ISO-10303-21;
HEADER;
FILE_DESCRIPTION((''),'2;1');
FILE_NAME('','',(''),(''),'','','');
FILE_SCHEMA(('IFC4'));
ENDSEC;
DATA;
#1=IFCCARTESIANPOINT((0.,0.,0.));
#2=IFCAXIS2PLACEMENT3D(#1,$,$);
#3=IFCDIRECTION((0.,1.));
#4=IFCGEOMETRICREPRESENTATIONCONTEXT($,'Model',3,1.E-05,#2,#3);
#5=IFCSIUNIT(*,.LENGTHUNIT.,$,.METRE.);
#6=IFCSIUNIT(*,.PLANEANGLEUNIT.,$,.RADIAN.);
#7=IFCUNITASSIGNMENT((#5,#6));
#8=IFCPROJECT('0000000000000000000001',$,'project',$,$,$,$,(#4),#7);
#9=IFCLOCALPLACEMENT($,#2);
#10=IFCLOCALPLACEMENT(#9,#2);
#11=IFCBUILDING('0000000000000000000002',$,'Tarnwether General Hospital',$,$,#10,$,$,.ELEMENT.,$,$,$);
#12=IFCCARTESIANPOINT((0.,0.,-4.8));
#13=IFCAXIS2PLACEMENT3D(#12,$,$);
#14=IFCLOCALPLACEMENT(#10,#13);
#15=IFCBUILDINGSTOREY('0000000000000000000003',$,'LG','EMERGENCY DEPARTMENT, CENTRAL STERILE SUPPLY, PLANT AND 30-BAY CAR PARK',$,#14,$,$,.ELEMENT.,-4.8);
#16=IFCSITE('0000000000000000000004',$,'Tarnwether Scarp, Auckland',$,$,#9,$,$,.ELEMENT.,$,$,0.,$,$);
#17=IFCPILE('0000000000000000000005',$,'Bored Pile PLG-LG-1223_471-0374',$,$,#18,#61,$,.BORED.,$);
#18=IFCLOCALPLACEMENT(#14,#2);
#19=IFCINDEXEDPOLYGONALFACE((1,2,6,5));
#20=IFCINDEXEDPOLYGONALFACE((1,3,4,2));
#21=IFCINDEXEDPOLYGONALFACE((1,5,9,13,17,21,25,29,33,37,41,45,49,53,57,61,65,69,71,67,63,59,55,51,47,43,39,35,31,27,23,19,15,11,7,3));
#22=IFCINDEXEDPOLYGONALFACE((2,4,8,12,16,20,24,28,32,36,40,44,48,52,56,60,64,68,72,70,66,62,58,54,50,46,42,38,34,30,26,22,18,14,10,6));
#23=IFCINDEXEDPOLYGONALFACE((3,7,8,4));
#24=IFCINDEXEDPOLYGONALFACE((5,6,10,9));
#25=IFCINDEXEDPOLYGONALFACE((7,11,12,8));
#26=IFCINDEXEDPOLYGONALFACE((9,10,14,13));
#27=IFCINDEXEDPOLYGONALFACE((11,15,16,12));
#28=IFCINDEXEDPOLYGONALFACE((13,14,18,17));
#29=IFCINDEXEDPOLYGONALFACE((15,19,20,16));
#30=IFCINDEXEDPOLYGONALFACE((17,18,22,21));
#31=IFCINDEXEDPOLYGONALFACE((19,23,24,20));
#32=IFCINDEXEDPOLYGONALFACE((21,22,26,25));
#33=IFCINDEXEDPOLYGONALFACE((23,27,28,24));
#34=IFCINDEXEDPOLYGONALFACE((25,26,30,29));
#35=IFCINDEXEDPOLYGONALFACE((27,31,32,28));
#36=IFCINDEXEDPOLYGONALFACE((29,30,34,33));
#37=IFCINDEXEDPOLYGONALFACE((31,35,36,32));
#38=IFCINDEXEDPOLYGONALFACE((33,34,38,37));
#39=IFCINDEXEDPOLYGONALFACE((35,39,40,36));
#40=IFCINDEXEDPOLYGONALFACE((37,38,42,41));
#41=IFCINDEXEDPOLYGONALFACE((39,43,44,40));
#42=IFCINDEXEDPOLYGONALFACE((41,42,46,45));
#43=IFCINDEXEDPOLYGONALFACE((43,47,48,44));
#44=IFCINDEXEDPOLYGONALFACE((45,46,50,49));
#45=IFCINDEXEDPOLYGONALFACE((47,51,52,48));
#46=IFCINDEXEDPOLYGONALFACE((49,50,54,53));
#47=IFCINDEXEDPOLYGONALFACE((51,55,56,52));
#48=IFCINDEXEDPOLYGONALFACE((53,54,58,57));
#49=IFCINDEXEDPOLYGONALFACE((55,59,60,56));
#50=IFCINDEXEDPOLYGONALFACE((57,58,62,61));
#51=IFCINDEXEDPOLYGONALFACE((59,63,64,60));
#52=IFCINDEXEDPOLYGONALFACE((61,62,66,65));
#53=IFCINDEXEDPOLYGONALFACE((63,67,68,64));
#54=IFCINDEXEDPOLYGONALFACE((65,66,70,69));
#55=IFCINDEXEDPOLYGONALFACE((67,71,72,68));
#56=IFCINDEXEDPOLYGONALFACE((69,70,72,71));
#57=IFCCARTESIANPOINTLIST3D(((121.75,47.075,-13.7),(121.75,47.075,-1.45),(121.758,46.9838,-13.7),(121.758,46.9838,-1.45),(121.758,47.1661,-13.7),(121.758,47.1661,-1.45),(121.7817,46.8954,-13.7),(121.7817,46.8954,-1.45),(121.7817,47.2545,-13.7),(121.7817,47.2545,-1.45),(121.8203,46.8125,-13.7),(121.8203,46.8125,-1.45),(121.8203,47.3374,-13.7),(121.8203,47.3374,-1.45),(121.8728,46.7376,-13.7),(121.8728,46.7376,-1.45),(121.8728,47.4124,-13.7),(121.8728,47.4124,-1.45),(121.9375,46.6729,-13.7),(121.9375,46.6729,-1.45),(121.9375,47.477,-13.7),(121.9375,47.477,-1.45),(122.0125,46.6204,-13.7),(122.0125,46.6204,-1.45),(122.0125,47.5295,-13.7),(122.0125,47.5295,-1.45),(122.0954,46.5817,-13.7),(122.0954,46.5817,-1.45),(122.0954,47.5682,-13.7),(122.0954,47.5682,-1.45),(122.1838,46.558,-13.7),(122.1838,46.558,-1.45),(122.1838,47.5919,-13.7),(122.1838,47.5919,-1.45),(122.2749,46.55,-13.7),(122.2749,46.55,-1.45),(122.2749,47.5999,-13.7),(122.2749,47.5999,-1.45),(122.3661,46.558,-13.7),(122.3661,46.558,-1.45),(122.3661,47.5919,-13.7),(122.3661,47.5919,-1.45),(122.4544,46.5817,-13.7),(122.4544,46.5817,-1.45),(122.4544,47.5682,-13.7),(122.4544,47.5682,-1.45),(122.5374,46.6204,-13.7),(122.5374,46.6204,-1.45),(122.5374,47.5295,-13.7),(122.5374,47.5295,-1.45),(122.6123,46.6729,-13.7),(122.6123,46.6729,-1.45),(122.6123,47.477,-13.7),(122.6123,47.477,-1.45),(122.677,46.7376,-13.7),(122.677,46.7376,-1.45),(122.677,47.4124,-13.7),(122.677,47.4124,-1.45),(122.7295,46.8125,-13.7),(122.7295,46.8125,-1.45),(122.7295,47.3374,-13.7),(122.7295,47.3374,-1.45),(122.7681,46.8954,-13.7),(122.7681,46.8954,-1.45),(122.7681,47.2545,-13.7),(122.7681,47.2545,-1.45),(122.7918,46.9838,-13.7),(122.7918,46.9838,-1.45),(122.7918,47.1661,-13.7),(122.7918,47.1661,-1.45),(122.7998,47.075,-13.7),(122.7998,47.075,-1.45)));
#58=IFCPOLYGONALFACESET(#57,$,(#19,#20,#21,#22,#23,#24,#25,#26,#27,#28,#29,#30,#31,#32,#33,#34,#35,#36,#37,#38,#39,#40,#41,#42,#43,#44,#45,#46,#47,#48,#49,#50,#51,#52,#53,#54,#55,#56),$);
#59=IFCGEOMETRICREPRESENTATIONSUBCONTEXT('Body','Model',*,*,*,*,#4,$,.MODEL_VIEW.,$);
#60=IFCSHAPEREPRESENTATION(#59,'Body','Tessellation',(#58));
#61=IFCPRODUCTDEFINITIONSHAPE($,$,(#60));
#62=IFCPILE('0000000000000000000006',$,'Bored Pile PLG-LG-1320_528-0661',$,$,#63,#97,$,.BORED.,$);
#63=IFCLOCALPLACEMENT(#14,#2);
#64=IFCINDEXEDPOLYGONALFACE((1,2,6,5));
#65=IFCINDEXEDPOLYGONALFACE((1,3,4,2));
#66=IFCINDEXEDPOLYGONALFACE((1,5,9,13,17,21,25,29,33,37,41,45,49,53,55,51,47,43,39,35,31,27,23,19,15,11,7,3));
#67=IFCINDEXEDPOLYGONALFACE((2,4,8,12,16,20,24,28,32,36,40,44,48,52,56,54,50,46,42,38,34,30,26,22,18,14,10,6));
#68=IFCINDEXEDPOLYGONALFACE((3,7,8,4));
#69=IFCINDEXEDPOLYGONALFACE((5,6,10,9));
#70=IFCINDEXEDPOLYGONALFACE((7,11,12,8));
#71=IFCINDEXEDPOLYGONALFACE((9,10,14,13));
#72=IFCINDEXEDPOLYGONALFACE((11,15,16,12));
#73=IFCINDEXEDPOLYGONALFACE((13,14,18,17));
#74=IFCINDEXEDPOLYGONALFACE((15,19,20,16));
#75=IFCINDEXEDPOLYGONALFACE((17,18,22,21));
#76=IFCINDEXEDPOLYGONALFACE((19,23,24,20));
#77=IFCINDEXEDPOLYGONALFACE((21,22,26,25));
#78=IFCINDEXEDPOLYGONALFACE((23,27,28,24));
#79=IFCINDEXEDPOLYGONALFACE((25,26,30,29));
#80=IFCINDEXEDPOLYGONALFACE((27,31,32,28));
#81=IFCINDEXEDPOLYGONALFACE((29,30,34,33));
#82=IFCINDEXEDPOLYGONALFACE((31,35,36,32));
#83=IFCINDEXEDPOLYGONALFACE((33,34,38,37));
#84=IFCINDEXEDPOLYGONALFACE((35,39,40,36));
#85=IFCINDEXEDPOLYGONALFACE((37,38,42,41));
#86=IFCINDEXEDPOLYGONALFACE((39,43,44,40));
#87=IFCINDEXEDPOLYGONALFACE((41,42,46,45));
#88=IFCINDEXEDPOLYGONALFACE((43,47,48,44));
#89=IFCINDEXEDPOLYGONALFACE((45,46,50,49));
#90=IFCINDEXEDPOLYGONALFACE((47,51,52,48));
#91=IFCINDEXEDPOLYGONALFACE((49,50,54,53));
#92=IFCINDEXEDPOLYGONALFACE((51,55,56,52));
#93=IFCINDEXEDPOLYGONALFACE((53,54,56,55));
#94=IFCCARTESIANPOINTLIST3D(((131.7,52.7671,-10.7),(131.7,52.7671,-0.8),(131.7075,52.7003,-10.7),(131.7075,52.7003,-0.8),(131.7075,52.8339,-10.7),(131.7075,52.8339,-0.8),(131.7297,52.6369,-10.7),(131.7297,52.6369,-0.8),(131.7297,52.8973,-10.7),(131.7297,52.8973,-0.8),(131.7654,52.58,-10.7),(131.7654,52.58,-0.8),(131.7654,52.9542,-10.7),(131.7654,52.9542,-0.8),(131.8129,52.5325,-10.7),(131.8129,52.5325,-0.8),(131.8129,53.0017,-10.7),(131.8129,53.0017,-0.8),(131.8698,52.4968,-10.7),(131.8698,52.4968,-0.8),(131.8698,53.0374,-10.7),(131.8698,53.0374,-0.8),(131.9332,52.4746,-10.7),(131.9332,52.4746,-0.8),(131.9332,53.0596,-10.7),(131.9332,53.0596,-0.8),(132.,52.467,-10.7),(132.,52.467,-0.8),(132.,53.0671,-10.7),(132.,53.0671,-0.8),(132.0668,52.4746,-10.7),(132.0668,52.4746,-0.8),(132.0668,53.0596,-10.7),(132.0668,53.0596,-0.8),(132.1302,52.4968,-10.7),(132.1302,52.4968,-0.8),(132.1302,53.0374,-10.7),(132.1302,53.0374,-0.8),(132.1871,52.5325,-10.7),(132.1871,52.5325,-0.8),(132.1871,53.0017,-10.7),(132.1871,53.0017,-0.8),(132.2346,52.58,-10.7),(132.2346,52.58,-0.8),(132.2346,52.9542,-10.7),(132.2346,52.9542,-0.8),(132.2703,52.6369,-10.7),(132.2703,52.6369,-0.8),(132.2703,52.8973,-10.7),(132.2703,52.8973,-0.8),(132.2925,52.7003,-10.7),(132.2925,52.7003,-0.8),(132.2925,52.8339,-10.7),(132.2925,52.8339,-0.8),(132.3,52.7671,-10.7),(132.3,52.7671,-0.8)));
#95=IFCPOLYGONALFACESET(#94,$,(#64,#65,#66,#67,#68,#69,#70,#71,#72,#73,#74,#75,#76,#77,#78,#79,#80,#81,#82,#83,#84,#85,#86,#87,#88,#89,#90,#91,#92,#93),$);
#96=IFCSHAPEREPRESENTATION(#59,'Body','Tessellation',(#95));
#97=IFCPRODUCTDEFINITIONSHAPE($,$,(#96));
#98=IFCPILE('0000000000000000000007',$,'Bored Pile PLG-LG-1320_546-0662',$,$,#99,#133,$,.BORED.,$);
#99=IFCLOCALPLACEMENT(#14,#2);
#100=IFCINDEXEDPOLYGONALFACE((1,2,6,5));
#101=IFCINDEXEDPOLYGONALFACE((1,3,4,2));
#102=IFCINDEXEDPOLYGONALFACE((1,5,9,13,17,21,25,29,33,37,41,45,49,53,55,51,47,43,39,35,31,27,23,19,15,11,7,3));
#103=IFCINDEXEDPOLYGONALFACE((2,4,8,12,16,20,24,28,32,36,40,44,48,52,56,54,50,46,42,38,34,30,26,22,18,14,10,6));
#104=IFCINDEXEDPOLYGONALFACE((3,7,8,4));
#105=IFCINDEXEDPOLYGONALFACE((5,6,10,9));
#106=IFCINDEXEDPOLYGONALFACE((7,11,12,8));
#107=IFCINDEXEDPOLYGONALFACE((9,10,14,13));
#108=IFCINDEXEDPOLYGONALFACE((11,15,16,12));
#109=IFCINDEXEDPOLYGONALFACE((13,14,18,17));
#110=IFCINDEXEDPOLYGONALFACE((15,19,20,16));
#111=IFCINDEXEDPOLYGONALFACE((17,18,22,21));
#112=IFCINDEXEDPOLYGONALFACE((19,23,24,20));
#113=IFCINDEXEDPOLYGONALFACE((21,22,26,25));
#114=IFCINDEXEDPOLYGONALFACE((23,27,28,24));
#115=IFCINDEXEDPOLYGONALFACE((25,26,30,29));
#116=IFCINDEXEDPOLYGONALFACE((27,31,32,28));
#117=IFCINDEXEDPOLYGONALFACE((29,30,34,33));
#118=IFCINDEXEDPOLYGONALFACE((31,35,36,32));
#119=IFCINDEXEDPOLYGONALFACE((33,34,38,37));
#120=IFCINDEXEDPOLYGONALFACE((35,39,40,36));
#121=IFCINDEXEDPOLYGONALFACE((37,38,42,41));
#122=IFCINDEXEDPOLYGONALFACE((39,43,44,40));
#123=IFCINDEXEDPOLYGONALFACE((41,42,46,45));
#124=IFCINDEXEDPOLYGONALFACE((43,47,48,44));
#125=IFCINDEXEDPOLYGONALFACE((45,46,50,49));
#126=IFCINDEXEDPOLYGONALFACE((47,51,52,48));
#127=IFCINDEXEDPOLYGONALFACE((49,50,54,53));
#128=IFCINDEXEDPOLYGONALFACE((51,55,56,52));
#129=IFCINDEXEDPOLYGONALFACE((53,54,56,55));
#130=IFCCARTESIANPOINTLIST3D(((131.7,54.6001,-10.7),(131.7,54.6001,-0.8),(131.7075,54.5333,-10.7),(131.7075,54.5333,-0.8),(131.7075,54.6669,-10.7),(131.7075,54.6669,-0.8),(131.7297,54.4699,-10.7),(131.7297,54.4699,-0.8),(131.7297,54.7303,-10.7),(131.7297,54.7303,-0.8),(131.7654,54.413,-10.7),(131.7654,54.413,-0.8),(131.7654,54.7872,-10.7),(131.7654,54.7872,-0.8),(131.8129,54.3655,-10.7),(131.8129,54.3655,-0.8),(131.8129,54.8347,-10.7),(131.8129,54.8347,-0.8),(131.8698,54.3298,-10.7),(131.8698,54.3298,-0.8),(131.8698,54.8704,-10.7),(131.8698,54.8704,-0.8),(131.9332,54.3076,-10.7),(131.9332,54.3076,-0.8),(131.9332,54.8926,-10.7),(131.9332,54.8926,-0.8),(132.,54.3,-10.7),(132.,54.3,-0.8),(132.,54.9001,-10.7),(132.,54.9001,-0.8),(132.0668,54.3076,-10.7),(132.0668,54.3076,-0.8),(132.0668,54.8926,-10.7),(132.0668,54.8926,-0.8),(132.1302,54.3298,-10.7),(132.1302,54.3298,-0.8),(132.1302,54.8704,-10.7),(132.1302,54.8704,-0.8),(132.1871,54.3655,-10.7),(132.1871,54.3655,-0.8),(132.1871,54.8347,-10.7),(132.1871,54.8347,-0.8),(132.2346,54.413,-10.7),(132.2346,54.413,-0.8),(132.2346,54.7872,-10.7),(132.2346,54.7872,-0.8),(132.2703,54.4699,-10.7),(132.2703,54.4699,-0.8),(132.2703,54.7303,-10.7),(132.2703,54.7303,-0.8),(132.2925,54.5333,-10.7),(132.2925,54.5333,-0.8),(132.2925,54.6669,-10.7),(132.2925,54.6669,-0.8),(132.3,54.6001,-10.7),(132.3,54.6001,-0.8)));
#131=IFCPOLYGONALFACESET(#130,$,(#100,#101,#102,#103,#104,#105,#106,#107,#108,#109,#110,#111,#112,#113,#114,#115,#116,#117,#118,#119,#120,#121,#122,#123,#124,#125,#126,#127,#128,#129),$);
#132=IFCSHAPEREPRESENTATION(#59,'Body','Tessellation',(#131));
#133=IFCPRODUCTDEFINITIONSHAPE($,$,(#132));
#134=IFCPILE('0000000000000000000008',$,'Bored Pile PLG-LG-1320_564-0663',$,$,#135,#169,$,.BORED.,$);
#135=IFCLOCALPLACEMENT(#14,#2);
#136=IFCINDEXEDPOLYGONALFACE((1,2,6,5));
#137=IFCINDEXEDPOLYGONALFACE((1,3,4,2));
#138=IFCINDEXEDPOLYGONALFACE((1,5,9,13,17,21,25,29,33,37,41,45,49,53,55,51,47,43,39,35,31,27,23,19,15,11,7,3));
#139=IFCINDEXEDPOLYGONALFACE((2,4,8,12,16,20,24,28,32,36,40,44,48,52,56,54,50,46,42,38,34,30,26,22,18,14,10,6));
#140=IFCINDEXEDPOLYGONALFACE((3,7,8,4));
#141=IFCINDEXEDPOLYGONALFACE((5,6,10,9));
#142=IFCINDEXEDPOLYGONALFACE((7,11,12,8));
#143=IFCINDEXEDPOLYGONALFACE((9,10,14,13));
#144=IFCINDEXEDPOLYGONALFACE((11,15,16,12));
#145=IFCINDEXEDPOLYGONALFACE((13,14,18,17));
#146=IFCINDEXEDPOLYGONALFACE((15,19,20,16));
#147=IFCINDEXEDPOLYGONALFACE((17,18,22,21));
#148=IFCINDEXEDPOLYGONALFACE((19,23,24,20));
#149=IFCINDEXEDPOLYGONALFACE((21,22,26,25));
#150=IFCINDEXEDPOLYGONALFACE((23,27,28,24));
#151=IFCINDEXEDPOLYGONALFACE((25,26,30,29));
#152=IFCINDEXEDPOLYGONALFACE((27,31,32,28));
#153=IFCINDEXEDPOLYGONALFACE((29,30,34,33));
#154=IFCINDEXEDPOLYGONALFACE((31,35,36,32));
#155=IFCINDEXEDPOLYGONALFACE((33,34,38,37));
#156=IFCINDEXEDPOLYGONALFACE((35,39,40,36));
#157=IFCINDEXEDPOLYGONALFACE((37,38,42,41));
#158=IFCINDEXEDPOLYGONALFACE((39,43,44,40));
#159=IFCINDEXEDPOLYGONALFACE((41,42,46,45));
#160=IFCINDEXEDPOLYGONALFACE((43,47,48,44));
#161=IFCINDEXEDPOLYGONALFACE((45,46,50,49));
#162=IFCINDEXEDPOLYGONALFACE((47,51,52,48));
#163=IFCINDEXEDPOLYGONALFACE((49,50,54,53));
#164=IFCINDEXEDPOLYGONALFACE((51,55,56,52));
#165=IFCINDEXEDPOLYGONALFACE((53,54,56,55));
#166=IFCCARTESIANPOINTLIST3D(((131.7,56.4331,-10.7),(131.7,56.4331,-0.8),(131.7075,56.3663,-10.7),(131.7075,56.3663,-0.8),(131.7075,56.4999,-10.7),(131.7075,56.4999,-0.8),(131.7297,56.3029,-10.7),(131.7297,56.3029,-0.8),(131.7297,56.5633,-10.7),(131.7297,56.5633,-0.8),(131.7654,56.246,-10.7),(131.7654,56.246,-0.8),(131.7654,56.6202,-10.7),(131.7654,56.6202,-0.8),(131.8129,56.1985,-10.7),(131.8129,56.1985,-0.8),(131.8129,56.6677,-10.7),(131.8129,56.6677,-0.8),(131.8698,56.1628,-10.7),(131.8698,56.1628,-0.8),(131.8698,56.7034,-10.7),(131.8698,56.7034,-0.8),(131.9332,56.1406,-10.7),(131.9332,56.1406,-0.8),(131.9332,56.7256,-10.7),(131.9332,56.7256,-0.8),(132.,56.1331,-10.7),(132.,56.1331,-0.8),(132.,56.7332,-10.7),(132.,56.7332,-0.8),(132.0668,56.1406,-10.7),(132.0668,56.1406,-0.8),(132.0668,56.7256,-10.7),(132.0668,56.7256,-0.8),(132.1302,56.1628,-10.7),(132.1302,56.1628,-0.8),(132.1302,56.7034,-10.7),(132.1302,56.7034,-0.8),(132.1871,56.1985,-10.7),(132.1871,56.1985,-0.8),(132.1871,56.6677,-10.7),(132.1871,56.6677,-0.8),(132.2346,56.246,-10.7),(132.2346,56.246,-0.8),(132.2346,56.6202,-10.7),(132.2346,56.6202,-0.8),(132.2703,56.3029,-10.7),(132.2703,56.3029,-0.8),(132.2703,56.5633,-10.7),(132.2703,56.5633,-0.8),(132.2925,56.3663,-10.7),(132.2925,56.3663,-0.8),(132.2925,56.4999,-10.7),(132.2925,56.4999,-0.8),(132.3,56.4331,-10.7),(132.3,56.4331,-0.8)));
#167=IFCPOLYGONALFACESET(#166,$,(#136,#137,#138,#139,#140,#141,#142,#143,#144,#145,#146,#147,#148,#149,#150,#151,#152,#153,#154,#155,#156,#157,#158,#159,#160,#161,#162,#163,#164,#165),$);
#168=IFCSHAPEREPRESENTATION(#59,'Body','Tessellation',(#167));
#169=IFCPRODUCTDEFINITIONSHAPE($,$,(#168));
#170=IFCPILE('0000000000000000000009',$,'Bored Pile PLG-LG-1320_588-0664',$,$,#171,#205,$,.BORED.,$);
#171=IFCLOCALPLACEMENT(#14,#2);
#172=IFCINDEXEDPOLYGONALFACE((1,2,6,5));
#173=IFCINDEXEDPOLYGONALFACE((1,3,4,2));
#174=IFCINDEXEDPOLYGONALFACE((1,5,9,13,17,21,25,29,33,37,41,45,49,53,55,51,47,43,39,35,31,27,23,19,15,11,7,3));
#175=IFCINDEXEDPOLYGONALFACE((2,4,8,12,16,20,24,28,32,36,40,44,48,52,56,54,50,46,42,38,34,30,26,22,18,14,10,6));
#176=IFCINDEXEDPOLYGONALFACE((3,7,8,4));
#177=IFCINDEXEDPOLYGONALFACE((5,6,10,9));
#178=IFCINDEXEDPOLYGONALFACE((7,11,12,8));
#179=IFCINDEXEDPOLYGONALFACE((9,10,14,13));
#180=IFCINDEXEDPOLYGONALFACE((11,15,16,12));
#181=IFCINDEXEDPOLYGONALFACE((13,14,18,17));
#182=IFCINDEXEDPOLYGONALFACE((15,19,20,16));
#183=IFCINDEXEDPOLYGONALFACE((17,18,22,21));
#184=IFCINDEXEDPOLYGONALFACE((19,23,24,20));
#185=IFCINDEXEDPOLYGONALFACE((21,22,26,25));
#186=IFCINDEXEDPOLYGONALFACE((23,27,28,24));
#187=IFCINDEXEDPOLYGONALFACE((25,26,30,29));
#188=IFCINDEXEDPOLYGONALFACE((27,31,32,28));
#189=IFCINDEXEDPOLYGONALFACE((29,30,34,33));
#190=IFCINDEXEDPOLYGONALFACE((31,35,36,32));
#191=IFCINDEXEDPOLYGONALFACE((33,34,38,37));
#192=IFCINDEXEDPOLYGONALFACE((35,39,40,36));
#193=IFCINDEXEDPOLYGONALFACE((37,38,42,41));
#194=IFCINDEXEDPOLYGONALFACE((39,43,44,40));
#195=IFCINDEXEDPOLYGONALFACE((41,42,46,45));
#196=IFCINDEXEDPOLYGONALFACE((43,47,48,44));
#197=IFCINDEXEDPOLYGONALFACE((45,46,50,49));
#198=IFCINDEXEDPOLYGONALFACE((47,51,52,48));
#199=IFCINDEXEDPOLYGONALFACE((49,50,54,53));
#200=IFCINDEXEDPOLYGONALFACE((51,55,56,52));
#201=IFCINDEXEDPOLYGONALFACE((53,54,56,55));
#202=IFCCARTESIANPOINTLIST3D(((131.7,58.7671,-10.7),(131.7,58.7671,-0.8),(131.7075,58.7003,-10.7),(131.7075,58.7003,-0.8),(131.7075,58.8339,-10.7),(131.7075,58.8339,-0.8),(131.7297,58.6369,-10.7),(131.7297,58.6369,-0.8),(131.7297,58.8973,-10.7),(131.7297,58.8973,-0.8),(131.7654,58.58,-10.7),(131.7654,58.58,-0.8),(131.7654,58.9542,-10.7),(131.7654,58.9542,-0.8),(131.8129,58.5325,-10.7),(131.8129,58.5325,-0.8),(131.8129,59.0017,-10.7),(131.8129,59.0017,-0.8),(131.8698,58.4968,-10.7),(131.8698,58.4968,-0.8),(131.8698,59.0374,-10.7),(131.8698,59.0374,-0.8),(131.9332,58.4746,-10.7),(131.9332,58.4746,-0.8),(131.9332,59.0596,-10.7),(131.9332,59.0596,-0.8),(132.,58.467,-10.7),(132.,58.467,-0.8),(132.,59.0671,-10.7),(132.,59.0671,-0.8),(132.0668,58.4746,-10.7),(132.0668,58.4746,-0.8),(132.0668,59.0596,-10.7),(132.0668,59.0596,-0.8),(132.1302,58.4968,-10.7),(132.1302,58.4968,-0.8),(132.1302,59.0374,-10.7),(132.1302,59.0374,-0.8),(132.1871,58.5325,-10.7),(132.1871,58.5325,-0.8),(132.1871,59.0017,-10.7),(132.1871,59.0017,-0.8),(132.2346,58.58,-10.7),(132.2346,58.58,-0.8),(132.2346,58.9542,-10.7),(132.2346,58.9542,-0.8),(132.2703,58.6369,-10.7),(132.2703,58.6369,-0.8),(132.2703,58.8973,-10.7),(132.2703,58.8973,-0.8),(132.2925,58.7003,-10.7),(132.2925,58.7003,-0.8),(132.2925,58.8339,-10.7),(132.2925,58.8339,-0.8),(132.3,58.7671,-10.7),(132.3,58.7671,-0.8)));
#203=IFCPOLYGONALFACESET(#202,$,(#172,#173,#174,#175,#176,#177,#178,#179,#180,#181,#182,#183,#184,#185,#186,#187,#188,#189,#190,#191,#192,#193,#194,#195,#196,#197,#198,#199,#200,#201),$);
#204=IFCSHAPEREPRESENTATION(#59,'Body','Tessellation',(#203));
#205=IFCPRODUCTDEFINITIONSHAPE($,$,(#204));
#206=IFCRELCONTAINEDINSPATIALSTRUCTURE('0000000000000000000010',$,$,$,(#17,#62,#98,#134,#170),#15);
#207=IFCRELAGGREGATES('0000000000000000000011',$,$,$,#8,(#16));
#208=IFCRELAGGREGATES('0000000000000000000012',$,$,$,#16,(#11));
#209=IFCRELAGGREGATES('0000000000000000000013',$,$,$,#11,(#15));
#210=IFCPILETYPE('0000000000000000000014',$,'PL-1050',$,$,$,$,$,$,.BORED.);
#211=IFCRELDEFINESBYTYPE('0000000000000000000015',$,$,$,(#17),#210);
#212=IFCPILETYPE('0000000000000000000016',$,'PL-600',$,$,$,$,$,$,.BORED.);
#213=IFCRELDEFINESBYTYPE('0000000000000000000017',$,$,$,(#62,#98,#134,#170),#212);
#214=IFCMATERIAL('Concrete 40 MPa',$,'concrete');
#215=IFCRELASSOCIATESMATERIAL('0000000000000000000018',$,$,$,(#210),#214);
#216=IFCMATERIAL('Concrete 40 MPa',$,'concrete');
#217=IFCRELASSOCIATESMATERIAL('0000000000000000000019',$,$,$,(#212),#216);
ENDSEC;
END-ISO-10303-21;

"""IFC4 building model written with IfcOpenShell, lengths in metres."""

from ifc_helpers import new_model, si_unit, direction, frame, origin, origin_2d, place, context, subcontext, project, spatial, circle, extrude, material, material_profile, profile_set, type_object, element, save


model = new_model("IFC4")

# Units and contexts
model_context = context("Model", 3, precision=1e-05, world=origin(), true_north=direction((0.0, 1.0)))
body_context = subcontext(model_context, "Body", "Model", "MODEL_VIEW")
ifc_project = project(units=[si_unit("LENGTHUNIT", "METRE"), si_unit("PLANEANGLEUNIT", "RADIAN")], contexts=[model_context])

# Site, building, storey
site_placement = place(None, origin())
site = spatial("IfcSite", under=ifc_project, at=site_placement, Name="Tarnwether Scarp, Auckland", CompositionType="ELEMENT", RefElevation=0.0)
building_placement = place(site_placement, origin())
building = spatial("IfcBuilding", under=site, at=building_placement, Name="Tarnwether General Hospital", CompositionType="ELEMENT")
storey_placement = place(building_placement, frame((0.0, 0.0, -4.8)))
storey = spatial("IfcBuildingStorey", under=building, at=storey_placement, Name="LG", Description="EMERGENCY DEPARTMENT, CENTRAL STERILE SUPPLY, PLANT AND 30-BAY CAR PARK", CompositionType="ELEMENT", Elevation=-4.8)

# Piles
ifc_material_1 = material(Name="Concrete 40 MPa", Category="concrete")
ifc_material_profile_1 = material_profile(ifc_material_1, circle(Radius=0.5249, at=origin_2d()), Name="PILE-D1050")
ifc_profile_set_1 = profile_set([ifc_material_profile_1], Name="Concrete 40 MPa")
pile_type_1 = type_object("IfcPileType", Name="PL-1050", PredefinedType="BORED", material=ifc_profile_set_1)
for number, where, z_axis, x_axis, name in (
    (1, (122.2749, 47.075, -1.45), (0.0, 0.0, -1.0), (1.0, 0.0, 0.0), "Bored Pile PLG-LG-1223_471-0374"),
):
    element("IfcPile", number, at=place(storey_placement, frame(where, z_axis=z_axis, x_axis=x_axis)), inside=storey, type_object=pile_type_1, Name=name, PredefinedType="BORED", context=body_context, shape_type="SweptSolid", body=[
        extrude(circle(Radius=0.5249, at=origin_2d()), origin(), (0.0, 0.0, 1.0), 12.25),
    ])
ifc_material_2 = material(Name="Concrete 40 MPa", Category="concrete")
ifc_material_profile_2 = material_profile(ifc_material_2, circle(Radius=0.3, at=origin_2d()), Name="PILE-D600")
ifc_profile_set_2 = profile_set([ifc_material_profile_2], Name="Concrete 40 MPa")
pile_type_2 = type_object("IfcPileType", Name="PL-600", PredefinedType="BORED", material=ifc_profile_set_2)
for number, where, z_axis, x_axis, name in (
    (2, (132.0, 52.7671, -0.8), (0.0, 0.0, -1.0), (1.0, 0.0, 0.0), "Bored Pile PLG-LG-1320_528-0661"),
    (3, (132.0, 54.6001, -0.8), (0.0, 0.0, -1.0), (1.0, 0.0, 0.0), "Bored Pile PLG-LG-1320_546-0662"),
    (4, (132.0, 56.4331, -0.8), (0.0, 0.0, -1.0), (1.0, 0.0, 0.0), "Bored Pile PLG-LG-1320_564-0663"),
    (5, (132.0, 58.7671, -0.8), (0.0, 0.0, -1.0), (1.0, 0.0, 0.0), "Bored Pile PLG-LG-1320_588-0664"),
):
    element("IfcPile", number, at=place(storey_placement, frame(where, z_axis=z_axis, x_axis=x_axis)), inside=storey, type_object=pile_type_2, Name=name, PredefinedType="BORED", context=body_context, shape_type="SweptSolid", body=[
        extrude(circle(Radius=0.3, at=origin_2d()), origin(), (0.0, 0.0, 1.0), 9.8999),
    ])

save(model, "model.ifc")
